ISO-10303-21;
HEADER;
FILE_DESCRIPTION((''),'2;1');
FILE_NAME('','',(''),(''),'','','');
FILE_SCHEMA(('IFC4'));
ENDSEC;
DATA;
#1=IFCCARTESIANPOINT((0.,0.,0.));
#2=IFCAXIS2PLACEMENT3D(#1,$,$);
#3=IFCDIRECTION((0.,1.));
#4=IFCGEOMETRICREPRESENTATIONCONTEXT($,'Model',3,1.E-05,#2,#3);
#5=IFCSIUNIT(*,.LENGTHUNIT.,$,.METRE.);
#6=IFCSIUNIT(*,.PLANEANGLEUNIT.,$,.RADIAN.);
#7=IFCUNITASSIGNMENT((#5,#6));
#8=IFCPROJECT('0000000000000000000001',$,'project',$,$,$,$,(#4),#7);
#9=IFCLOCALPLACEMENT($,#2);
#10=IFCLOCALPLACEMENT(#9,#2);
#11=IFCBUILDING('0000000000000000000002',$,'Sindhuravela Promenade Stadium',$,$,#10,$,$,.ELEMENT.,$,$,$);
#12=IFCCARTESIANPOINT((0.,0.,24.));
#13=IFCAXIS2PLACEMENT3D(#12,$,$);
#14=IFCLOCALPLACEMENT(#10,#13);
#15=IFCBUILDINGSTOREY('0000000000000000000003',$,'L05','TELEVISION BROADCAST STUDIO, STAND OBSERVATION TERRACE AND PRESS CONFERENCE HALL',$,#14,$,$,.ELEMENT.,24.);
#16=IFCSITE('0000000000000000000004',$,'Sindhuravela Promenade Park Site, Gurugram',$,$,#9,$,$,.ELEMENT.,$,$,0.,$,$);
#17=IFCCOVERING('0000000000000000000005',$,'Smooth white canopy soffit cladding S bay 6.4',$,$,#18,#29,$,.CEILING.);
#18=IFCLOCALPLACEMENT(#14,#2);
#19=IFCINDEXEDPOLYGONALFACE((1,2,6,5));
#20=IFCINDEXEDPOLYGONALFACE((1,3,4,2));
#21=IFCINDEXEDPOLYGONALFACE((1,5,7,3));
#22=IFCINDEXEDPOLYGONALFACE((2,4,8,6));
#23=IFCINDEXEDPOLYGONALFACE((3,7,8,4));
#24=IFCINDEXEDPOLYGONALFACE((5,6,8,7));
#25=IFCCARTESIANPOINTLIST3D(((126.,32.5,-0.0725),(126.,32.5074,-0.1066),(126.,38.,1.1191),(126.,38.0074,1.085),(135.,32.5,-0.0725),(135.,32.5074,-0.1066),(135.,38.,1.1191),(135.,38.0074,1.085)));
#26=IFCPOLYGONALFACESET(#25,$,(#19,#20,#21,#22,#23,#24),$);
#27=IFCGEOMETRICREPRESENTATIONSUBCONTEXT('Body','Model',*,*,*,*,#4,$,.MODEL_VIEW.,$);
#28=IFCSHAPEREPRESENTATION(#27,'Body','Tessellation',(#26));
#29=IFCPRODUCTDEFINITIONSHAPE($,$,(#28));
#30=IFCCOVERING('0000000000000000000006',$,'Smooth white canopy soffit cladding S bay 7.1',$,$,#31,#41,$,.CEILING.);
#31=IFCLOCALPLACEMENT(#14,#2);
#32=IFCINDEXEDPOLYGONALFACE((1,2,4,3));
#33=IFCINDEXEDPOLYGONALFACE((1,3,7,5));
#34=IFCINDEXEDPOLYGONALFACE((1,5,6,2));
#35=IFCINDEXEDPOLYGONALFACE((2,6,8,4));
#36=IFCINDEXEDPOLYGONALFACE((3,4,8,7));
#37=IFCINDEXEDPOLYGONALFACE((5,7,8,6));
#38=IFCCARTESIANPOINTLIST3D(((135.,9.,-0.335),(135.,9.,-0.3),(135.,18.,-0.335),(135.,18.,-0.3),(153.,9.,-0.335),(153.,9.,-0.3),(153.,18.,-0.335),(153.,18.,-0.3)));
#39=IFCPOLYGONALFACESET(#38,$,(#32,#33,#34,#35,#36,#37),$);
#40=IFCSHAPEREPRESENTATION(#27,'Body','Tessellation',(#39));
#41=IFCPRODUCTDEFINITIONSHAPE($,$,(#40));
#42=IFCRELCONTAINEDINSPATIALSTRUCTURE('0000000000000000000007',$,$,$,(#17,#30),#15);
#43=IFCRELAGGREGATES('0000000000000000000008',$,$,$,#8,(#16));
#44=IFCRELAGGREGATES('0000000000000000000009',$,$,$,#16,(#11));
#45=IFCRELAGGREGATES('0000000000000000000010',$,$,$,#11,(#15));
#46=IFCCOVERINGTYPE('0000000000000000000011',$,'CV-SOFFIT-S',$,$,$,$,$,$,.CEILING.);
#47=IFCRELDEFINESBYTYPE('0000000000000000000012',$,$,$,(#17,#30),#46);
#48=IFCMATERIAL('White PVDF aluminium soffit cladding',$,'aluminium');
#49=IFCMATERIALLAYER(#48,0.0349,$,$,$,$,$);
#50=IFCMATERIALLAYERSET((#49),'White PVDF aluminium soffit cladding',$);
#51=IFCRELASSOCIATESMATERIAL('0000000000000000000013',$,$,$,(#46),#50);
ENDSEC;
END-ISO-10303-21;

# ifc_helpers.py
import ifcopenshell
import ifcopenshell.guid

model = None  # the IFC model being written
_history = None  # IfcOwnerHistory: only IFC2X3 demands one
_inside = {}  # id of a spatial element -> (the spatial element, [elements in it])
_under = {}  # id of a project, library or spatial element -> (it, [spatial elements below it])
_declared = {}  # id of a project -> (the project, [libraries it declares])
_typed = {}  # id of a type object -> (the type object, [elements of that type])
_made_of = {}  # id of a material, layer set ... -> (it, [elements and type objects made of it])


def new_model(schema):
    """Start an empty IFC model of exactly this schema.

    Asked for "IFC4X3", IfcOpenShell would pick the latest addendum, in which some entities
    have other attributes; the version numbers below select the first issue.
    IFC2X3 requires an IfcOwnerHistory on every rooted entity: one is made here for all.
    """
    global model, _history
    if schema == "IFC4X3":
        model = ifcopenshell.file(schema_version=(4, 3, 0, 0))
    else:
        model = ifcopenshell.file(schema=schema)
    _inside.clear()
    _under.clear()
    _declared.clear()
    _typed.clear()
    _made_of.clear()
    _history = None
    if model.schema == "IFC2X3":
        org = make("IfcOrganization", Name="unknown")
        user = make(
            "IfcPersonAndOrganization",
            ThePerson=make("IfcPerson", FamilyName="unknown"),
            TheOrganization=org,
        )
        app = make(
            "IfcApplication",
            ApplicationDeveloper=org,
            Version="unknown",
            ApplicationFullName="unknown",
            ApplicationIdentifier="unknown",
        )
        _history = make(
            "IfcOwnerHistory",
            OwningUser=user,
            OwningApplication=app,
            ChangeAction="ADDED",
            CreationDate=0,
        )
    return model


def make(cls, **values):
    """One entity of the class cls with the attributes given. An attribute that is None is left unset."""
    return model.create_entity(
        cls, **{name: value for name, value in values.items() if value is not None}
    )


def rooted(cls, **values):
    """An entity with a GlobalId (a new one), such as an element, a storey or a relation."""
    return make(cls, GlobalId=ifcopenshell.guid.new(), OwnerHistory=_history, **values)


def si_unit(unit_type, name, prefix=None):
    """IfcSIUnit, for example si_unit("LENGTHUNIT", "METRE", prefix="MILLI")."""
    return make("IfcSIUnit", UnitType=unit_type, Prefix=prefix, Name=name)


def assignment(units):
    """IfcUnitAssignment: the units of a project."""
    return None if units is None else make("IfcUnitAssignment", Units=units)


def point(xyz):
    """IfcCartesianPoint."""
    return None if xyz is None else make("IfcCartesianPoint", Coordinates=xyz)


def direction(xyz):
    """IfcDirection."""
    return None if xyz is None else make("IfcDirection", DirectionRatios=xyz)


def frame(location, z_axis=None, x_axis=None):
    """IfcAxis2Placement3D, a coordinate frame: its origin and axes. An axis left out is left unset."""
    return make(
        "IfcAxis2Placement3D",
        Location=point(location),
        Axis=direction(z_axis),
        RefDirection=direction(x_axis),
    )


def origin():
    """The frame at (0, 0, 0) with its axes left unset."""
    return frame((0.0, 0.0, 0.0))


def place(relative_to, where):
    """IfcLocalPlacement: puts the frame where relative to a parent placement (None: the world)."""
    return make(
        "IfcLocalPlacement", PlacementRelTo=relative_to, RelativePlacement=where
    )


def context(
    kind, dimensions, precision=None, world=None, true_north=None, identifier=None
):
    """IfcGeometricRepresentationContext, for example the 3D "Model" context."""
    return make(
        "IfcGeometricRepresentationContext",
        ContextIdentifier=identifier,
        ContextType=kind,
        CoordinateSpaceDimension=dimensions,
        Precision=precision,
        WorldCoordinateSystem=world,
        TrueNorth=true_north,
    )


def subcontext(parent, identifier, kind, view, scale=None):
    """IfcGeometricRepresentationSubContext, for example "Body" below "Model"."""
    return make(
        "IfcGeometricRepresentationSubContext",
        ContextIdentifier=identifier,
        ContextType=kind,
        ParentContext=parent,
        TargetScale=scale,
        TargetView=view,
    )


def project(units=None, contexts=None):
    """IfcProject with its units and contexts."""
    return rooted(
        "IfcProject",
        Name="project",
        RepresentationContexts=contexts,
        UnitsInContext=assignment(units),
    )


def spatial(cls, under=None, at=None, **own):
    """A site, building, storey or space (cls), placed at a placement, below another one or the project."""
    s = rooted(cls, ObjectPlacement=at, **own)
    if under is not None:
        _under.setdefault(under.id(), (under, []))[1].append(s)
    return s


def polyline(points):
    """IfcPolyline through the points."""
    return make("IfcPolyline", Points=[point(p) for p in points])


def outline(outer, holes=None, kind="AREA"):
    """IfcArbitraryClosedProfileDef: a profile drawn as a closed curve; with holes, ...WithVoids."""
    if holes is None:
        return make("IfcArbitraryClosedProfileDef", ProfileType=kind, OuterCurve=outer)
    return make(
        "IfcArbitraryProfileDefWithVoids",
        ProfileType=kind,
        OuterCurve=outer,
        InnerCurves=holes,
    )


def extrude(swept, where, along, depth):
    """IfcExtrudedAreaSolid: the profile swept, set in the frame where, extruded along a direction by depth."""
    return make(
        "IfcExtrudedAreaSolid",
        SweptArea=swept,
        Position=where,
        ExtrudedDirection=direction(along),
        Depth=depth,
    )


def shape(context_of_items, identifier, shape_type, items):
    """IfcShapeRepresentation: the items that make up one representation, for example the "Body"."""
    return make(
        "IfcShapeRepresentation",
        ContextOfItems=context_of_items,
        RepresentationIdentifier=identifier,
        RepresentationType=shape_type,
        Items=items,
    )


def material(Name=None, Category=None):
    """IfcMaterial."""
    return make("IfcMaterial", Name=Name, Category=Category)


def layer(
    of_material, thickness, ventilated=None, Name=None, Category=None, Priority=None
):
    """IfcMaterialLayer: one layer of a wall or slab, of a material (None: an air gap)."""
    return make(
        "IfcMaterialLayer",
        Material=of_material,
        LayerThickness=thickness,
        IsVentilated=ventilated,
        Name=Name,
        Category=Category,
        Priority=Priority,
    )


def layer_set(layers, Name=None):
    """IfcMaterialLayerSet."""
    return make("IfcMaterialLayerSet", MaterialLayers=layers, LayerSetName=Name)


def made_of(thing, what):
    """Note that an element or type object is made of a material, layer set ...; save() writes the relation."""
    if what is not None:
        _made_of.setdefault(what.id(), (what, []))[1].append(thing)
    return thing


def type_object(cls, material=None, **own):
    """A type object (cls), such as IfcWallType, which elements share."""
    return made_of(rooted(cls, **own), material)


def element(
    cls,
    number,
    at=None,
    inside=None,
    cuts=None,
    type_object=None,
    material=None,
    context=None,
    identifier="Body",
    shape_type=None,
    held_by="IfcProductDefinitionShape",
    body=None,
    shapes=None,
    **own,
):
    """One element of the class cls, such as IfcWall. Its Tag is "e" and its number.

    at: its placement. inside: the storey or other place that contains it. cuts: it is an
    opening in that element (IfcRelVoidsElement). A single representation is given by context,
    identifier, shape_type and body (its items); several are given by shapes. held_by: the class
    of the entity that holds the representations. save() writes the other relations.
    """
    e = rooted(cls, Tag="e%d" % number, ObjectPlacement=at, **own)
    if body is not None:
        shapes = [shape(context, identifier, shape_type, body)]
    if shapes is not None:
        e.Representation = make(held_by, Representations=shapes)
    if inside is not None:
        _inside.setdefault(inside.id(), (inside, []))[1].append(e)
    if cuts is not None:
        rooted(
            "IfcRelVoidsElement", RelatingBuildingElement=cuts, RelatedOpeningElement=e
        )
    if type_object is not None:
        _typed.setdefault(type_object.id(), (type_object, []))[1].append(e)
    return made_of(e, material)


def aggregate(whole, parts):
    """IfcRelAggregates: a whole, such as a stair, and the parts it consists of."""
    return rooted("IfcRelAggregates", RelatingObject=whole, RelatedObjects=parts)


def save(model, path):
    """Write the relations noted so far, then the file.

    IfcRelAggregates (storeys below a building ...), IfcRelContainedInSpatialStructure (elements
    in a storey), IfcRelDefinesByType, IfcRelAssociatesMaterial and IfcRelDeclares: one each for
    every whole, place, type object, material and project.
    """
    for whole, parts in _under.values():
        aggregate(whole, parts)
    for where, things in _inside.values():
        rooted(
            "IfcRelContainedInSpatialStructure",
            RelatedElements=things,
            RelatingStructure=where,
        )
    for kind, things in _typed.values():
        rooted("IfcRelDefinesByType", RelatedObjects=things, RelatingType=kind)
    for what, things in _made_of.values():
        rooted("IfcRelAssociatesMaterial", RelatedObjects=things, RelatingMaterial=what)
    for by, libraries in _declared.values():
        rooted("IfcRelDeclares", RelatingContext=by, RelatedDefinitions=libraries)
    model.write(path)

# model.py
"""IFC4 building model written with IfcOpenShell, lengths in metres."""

from ifc_helpers import new_model, si_unit, direction, frame, origin, place, context, subcontext, project, spatial, polyline, outline, extrude, material, layer, layer_set, type_object, element, save


model = new_model("IFC4")

# Units and contexts
model_context = context("Model", 3, precision=1e-05, world=origin(), true_north=direction((0.0, 1.0)))
body_context = subcontext(model_context, "Body", "Model", "MODEL_VIEW")
ifc_project = project(units=[si_unit("LENGTHUNIT", "METRE"), si_unit("PLANEANGLEUNIT", "RADIAN")], contexts=[model_context])

# Site, building, storey
site_placement = place(None, origin())
site = spatial("IfcSite", under=ifc_project, at=site_placement, Name="Sindhuravela Promenade Park Site, Gurugram", CompositionType="ELEMENT", RefElevation=0.0)
building_placement = place(site_placement, origin())
building = spatial("IfcBuilding", under=site, at=building_placement, Name="Sindhuravela Promenade Stadium", CompositionType="ELEMENT")
storey_placement = place(building_placement, frame((0.0, 0.0, 24.0)))
storey = spatial("IfcBuildingStorey", under=building, at=storey_placement, Name="L05", Description="TELEVISION BROADCAST STUDIO, STAND OBSERVATION TERRACE AND PRESS CONFERENCE HALL", CompositionType="ELEMENT", Elevation=24.0)

# Coverings
ifc_material_1 = material(Name="White PVDF aluminium soffit cladding", Category="aluminium")
ifc_layer_1 = layer(ifc_material_1, 0.0349)
ifc_layer_set_1 = layer_set([ifc_layer_1], Name="White PVDF aluminium soffit cladding")
covering_type_1 = type_object("IfcCoveringType", Name="CV-SOFFIT-S", PredefinedType="CEILING", material=ifc_layer_set_1)
covering_1_placement = place(storey_placement, frame((126.0, 32.5, -0.0725), z_axis=(0.0, -0.211751, 0.977324), x_axis=(1.0, 0.0, 0.0)))
element("IfcCovering", 1, at=covering_1_placement, inside=storey, type_object=covering_type_1, Name="Smooth white canopy soffit cladding S bay 6.4", PredefinedType="CEILING", context=body_context, shape_type="SweptSolid", body=[
    extrude(outline(polyline([(0.0, 0.0), (9.0, 0.0), (9.0, 5.6276), (0.0, 5.6276), (0.0, 0.0)])), origin(), (0.0, 0.0, -1.0), 0.0349),
])
covering_2_placement = place(storey_placement, frame((135.0, 9.0, -0.3), z_axis=(0.0, 0.0, 1.0), x_axis=(1.0, 0.0, 0.0)))
element("IfcCovering", 2, at=covering_2_placement, inside=storey, type_object=covering_type_1, Name="Smooth white canopy soffit cladding S bay 7.1", PredefinedType="CEILING", context=body_context, shape_type="SweptSolid", body=[
    extrude(outline(polyline([(0.0, 0.0), (18.0, 0.0), (18.0, 9.0), (0.0, 9.0), (0.0, 0.0)])), origin(), (0.0, 0.0, -1.0), 0.0349),
])

save(model, "model.ifc")
